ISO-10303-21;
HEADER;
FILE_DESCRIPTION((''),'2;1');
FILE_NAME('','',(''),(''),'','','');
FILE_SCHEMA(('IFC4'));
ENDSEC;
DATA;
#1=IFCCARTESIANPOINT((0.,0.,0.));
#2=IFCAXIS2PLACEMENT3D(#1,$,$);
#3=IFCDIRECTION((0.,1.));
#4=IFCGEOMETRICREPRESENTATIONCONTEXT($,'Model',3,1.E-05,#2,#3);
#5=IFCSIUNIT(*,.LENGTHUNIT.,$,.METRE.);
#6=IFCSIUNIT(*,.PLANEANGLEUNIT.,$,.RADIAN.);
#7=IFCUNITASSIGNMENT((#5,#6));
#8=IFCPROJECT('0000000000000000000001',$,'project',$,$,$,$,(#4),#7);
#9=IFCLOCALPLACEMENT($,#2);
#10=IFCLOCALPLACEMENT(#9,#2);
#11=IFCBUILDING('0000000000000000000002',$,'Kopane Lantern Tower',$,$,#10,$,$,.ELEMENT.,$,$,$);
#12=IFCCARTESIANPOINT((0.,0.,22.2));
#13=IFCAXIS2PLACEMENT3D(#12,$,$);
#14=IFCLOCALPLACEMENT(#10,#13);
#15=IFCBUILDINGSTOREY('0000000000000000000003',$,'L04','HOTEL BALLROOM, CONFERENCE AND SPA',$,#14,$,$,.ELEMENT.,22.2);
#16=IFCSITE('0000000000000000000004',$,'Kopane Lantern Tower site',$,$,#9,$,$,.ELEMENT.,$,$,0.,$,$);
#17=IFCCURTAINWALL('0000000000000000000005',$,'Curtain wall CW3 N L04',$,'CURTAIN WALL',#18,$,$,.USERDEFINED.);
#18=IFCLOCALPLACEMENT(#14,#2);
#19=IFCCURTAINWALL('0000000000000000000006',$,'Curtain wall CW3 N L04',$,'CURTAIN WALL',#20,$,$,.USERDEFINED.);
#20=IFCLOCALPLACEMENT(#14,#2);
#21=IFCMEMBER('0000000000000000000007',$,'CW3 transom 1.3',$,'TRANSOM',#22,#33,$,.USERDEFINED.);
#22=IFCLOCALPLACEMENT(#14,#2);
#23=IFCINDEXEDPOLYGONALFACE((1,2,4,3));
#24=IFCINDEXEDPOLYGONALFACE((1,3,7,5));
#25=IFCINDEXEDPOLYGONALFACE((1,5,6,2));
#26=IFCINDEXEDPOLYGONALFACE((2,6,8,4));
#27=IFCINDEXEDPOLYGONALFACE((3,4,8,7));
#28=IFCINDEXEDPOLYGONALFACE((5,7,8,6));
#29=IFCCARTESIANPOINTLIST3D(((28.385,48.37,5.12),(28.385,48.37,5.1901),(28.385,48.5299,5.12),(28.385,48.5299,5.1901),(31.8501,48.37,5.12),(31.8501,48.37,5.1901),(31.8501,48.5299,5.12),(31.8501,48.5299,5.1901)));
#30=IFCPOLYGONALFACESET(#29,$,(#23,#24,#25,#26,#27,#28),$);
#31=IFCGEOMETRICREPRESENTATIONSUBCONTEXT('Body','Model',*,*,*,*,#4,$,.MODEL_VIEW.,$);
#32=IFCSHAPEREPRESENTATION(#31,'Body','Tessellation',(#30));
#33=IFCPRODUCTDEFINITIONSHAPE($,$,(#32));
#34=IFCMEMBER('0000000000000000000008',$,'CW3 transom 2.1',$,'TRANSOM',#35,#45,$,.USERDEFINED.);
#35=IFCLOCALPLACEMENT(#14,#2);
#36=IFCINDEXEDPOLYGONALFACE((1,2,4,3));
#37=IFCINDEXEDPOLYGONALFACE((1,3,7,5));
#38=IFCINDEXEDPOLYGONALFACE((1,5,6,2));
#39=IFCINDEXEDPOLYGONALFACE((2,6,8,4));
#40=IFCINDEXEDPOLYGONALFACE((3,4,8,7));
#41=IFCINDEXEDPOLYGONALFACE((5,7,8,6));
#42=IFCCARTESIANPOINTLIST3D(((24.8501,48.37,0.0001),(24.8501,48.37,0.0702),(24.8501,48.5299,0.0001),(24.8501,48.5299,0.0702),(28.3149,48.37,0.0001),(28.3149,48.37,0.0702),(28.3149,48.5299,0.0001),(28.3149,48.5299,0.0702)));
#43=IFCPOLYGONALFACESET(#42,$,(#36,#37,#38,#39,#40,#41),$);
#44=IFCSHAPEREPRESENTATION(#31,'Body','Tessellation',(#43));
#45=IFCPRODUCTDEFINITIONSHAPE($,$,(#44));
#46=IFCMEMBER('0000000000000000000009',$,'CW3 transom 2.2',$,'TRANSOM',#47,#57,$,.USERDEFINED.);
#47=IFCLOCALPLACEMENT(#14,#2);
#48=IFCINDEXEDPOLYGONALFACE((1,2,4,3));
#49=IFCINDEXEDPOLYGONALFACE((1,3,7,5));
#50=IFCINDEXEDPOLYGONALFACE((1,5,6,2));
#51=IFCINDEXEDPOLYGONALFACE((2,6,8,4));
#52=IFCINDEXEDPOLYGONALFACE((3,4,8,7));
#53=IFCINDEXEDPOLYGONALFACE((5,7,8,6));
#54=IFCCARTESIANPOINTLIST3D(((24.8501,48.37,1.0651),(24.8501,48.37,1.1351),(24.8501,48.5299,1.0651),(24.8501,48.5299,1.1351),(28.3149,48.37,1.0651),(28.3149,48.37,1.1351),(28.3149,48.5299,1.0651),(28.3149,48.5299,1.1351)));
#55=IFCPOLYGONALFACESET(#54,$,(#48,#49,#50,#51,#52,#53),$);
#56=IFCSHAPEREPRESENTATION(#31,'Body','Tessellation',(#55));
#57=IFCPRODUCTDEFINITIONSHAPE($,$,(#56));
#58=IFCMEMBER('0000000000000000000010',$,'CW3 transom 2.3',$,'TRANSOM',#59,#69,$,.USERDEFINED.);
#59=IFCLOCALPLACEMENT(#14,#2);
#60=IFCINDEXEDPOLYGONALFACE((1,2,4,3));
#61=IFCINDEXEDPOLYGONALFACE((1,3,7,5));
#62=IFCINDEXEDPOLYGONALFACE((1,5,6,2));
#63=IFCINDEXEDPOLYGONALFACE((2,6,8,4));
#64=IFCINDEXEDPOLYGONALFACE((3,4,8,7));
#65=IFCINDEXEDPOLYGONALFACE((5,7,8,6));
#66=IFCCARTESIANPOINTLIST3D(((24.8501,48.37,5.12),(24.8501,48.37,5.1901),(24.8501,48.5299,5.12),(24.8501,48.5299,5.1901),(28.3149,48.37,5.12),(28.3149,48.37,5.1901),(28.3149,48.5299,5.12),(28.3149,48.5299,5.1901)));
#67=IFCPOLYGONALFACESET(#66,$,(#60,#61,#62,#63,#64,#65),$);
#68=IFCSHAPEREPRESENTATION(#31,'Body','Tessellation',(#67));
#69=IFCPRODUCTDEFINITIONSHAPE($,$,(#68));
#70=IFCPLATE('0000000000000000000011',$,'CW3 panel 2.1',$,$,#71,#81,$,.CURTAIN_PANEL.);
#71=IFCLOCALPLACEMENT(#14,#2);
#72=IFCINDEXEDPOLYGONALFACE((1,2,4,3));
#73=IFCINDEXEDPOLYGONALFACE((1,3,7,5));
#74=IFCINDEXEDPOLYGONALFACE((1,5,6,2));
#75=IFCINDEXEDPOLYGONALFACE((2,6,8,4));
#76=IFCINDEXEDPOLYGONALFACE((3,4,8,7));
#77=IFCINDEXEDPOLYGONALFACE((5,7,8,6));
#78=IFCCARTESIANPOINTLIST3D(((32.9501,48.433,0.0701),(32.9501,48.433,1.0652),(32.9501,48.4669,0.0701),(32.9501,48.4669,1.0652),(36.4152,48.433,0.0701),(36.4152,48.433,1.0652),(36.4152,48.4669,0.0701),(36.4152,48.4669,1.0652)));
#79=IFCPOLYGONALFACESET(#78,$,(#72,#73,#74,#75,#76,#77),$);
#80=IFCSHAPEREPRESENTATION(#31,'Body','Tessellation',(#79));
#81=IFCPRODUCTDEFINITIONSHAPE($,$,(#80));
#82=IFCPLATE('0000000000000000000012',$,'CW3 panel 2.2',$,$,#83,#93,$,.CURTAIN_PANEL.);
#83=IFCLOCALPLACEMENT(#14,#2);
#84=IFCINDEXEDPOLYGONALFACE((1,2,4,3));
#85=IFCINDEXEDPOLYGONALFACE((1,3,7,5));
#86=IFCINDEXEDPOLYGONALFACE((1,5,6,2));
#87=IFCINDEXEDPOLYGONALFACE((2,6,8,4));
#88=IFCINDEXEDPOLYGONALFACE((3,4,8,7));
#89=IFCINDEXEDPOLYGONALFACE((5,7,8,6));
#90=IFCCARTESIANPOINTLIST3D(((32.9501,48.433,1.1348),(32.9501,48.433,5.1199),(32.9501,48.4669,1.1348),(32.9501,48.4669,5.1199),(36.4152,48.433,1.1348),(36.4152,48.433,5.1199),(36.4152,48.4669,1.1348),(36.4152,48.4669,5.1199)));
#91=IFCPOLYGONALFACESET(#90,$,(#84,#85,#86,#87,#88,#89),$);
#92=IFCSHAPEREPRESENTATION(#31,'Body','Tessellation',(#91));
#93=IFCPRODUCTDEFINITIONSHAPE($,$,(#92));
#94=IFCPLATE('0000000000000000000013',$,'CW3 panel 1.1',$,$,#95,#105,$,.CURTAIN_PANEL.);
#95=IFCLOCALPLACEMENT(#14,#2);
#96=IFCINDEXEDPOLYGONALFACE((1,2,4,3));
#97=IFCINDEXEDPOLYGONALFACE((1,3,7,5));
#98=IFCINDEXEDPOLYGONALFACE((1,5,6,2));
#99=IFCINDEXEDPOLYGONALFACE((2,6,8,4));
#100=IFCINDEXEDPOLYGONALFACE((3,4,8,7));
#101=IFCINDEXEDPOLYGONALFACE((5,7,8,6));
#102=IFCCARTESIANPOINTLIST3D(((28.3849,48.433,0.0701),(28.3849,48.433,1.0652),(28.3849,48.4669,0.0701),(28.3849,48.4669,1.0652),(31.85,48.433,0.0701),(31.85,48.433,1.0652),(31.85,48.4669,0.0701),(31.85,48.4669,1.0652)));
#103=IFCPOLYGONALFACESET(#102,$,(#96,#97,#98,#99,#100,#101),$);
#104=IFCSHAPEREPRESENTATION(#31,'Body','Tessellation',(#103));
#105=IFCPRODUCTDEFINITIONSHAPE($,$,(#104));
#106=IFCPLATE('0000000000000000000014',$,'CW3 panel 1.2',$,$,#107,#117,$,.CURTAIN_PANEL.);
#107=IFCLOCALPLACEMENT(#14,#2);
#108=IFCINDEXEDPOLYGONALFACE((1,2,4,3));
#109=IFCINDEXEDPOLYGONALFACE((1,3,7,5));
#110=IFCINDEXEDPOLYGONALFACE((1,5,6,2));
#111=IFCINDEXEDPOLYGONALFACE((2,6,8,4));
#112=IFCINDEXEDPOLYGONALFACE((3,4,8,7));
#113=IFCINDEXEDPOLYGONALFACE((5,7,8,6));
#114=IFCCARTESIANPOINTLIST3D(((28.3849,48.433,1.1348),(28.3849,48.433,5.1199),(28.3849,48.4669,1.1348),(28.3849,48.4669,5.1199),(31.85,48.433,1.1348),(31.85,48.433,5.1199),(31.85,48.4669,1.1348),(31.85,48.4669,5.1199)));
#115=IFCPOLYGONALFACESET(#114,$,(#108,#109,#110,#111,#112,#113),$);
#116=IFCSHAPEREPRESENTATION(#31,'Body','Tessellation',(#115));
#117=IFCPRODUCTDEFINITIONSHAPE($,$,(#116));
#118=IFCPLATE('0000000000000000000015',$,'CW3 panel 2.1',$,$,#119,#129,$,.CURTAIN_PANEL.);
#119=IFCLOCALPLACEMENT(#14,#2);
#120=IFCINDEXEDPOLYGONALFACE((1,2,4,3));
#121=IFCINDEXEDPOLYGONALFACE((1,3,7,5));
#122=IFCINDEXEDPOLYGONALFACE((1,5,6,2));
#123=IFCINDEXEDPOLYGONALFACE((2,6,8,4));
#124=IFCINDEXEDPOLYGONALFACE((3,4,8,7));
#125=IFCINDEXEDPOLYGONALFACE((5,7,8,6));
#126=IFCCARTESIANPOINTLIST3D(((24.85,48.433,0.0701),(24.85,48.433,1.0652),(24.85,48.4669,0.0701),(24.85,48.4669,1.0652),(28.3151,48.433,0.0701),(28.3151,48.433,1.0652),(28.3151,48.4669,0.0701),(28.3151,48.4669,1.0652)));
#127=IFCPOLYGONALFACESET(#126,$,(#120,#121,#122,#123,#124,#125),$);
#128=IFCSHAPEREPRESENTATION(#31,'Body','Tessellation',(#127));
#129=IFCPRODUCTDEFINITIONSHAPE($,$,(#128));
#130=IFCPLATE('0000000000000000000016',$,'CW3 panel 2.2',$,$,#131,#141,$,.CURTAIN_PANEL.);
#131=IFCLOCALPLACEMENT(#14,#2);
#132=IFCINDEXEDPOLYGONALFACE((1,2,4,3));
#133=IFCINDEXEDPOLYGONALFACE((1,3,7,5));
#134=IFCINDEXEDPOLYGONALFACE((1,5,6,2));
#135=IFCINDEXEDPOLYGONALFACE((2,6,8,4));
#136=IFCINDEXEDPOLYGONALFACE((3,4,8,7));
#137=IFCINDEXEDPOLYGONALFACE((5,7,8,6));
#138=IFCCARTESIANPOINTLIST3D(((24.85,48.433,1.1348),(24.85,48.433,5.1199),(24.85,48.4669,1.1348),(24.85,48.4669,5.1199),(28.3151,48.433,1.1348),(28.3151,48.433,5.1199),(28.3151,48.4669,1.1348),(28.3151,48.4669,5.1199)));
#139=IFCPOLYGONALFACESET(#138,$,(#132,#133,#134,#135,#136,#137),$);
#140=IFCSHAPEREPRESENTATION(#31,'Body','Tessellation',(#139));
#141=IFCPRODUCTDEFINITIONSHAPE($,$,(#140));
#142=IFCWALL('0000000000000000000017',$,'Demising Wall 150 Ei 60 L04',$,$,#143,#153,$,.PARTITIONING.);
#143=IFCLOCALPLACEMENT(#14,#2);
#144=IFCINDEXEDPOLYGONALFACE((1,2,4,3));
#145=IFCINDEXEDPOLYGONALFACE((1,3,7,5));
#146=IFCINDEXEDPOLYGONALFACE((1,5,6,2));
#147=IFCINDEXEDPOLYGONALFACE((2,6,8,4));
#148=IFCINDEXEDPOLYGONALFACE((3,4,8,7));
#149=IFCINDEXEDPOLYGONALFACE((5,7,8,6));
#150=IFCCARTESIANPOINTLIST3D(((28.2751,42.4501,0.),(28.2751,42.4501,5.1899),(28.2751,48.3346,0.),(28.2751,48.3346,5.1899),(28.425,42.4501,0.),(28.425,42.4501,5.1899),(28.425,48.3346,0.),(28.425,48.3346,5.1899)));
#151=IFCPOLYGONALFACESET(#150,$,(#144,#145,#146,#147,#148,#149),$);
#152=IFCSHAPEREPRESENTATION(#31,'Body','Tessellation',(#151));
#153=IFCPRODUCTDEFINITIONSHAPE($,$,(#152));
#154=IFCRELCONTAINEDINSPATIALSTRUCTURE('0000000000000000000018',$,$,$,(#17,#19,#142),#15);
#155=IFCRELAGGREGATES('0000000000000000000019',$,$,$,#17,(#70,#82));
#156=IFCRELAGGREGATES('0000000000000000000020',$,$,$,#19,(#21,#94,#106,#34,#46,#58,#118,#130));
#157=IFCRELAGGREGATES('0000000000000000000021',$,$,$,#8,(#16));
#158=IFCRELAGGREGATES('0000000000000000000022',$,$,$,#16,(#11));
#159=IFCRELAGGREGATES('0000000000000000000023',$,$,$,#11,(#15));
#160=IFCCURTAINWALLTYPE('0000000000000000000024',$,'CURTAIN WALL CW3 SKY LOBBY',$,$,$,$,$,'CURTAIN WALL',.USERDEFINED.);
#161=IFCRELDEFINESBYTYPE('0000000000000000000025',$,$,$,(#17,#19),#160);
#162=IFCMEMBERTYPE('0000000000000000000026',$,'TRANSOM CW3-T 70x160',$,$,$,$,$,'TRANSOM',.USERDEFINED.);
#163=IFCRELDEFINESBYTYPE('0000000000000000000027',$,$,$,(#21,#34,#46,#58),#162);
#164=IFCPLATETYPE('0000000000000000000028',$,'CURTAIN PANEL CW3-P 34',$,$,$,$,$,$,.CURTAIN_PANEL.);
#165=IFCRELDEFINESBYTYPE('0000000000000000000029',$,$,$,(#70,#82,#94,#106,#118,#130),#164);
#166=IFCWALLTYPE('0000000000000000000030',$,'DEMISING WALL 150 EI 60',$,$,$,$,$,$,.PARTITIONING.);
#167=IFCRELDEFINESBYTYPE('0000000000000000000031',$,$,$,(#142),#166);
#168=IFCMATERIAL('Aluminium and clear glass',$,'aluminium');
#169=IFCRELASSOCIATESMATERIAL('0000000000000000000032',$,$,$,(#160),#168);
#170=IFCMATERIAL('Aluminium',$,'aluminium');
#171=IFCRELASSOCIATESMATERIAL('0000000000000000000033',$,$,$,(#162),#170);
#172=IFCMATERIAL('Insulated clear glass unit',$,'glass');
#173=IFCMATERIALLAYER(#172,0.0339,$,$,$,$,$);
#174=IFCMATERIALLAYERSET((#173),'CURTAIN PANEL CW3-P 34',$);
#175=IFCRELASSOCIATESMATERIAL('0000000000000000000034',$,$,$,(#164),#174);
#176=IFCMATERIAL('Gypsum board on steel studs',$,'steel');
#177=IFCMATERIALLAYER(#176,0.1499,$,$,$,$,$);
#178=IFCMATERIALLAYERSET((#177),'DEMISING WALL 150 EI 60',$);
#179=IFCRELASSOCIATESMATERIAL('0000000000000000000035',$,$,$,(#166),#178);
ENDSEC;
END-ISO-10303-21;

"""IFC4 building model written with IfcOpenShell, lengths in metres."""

from ifc_helpers import new_model, si_unit, direction, frame, frame_2d, origin, origin_2d, place, context, subcontext, project, spatial, rectangle, extrude, material, layer, layer_set, material_profile, profile_set, type_object, element, aggregate, save


model = new_model("IFC4")

# Units and contexts
model_context = context("Model", 3, precision=1e-05, world=origin(), true_north=direction((0.0, 1.0)))
body_context = subcontext(model_context, "Body", "Model", "MODEL_VIEW")
ifc_project = project(units=[si_unit("LENGTHUNIT", "METRE"), si_unit("PLANEANGLEUNIT", "RADIAN")], contexts=[model_context])

# Site, building, storey
site_placement = place(None, origin())
site = spatial("IfcSite", under=ifc_project, at=site_placement, Name="Kopane Lantern Tower site", CompositionType="ELEMENT", RefElevation=0.0)
building_placement = place(site_placement, origin())
building = spatial("IfcBuilding", under=site, at=building_placement, Name="Kopane Lantern Tower", CompositionType="ELEMENT")
storey_placement = place(building_placement, frame((0.0, 0.0, 22.2)))
storey = spatial("IfcBuildingStorey", under=building, at=storey_placement, Name="L04", Description="HOTEL BALLROOM, CONFERENCE AND SPA", CompositionType="ELEMENT", Elevation=22.2)

# Curtain wall
ifc_material_1 = material(Name="Aluminium and clear glass", Category="aluminium")
curtain_wall_type = type_object("IfcCurtainWallType", Name="CURTAIN WALL CW3 SKY LOBBY", ElementType="CURTAIN WALL", PredefinedType="USERDEFINED", material=ifc_material_1)
curtain_wall_1_placement = place(storey_placement, origin())
curtain_wall_1 = element("IfcCurtainWall", 1, at=curtain_wall_1_placement, inside=storey, type_object=curtain_wall_type, Name="Curtain wall CW3 N L04", ObjectType="CURTAIN WALL", PredefinedType="USERDEFINED")

# Curtain wall
curtain_wall_2_placement = place(storey_placement, origin())
curtain_wall_2 = element("IfcCurtainWall", 2, at=curtain_wall_2_placement, inside=storey, type_object=curtain_wall_type, Name="Curtain wall CW3 N L04", ObjectType="CURTAIN WALL", PredefinedType="USERDEFINED")

# Members
ifc_material_2 = material(Name="Aluminium", Category="aluminium")
ifc_material_profile_1 = material_profile(ifc_material_2, rectangle(XDim=0.1599, YDim=0.0701, at=origin_2d()), Name="AL 160x70")
ifc_profile_set_1 = profile_set([ifc_material_profile_1], Name="Aluminium")
member_type_1 = type_object("IfcMemberType", Name="TRANSOM CW3-T 70x160", ElementType="TRANSOM", PredefinedType="USERDEFINED", material=ifc_profile_set_1)
member_1_placement = place(storey_placement, frame((31.8501, 48.45, 5.155), z_axis=(-1.0, 0.0, 0.0), x_axis=(0.0, -1.0, 0.0)))
member_1 = element("IfcMember", 3, at=member_1_placement, type_object=member_type_1, Name="CW3 transom 1.3", ObjectType="TRANSOM", PredefinedType="USERDEFINED", context=body_context, shape_type="SweptSolid", body=[
    extrude(rectangle(XDim=0.1599, YDim=0.0701, at=origin_2d()), origin(), (0.0, 0.0, 1.0), 3.4651),
])
member_2_placement = place(storey_placement, frame((28.3149, 48.45, 0.0352), z_axis=(-1.0, 0.0, 0.0), x_axis=(0.0, -1.0, 0.0)))
member_2 = element("IfcMember", 4, at=member_2_placement, type_object=member_type_1, Name="CW3 transom 2.1", ObjectType="TRANSOM", PredefinedType="USERDEFINED", context=body_context, shape_type="SweptSolid", body=[
    extrude(rectangle(XDim=0.1599, YDim=0.0701, at=origin_2d()), origin(), (0.0, 0.0, 1.0), 3.4648),
])
member_3_placement = place(storey_placement, frame((28.3149, 48.45, 1.1001), z_axis=(-1.0, 0.0, 0.0), x_axis=(0.0, -1.0, 0.0)))
member_3 = element("IfcMember", 5, at=member_3_placement, type_object=member_type_1, Name="CW3 transom 2.2", ObjectType="TRANSOM", PredefinedType="USERDEFINED", context=body_context, shape_type="SweptSolid", body=[
    extrude(rectangle(XDim=0.1599, YDim=0.0701, at=origin_2d()), origin(), (0.0, 0.0, 1.0), 3.4648),
])
member_4_placement = place(storey_placement, frame((28.3149, 48.45, 5.155), z_axis=(-1.0, 0.0, 0.0), x_axis=(0.0, -1.0, 0.0)))
member_4 = element("IfcMember", 6, at=member_4_placement, type_object=member_type_1, Name="CW3 transom 2.3", ObjectType="TRANSOM", PredefinedType="USERDEFINED", context=body_context, shape_type="SweptSolid", body=[
    extrude(rectangle(XDim=0.1599, YDim=0.0701, at=origin_2d()), origin(), (0.0, 0.0, 1.0), 3.4648),
])

# Plates
ifc_material_3 = material(Name="Insulated clear glass unit", Category="glass")
ifc_layer_1 = layer(ifc_material_3, 0.0339)
ifc_layer_set_1 = layer_set([ifc_layer_1], Name="CURTAIN PANEL CW3-P 34")
plate_type = type_object("IfcPlateType", Name="CURTAIN PANEL CW3-P 34", PredefinedType="CURTAIN_PANEL", material=ifc_layer_set_1)
plate_1_placement = place(storey_placement, frame((34.6826, 48.45, 0.0701), z_axis=(0.0, 0.0, 1.0), x_axis=(-1.0, 0.0, 0.0)))
plate_1 = element("IfcPlate", 7, at=plate_1_placement, type_object=plate_type, Name="CW3 panel 2.1", PredefinedType="CURTAIN_PANEL", context=body_context, shape_type="SweptSolid", body=[
    extrude(rectangle(XDim=3.4651, YDim=0.0339, at=origin_2d()), origin(), (0.0, 0.0, 1.0), 0.9951),
])
plate_2_placement = place(storey_placement, frame((34.6826, 48.45, 1.1348), z_axis=(0.0, 0.0, 1.0), x_axis=(-1.0, 0.0, 0.0)))
plate_2 = element("IfcPlate", 8, at=plate_2_placement, type_object=plate_type, Name="CW3 panel 2.2", PredefinedType="CURTAIN_PANEL", context=body_context, shape_type="SweptSolid", body=[
    extrude(rectangle(XDim=3.4651, YDim=0.0339, at=origin_2d()), origin(), (0.0, 0.0, 1.0), 3.9851),
])
aggregate(curtain_wall_1, [plate_1, plate_2])
plate_3_placement = place(storey_placement, frame((30.1174, 48.45, 0.0701), z_axis=(0.0, 0.0, 1.0), x_axis=(-1.0, 0.0, 0.0)))
plate_3 = element("IfcPlate", 9, at=plate_3_placement, type_object=plate_type, Name="CW3 panel 1.1", PredefinedType="CURTAIN_PANEL", context=body_context, shape_type="SweptSolid", body=[
    extrude(rectangle(XDim=3.4651, YDim=0.0339, at=origin_2d()), origin(), (0.0, 0.0, 1.0), 0.9951),
])
plate_4_placement = place(storey_placement, frame((30.1174, 48.45, 1.1348), z_axis=(0.0, 0.0, 1.0), x_axis=(-1.0, 0.0, 0.0)))
plate_4 = element("IfcPlate", 10, at=plate_4_placement, type_object=plate_type, Name="CW3 panel 1.2", PredefinedType="CURTAIN_PANEL", context=body_context, shape_type="SweptSolid", body=[
    extrude(rectangle(XDim=3.4651, YDim=0.0339, at=origin_2d()), origin(), (0.0, 0.0, 1.0), 3.9851),
])
plate_5_placement = place(storey_placement, frame((26.5825, 48.45, 0.0701), z_axis=(0.0, 0.0, 1.0), x_axis=(-1.0, 0.0, 0.0)))
plate_5 = element("IfcPlate", 11, at=plate_5_placement, type_object=plate_type, Name="CW3 panel 2.1", PredefinedType="CURTAIN_PANEL", context=body_context, shape_type="SweptSolid", body=[
    extrude(rectangle(XDim=3.4651, YDim=0.0339, at=origin_2d()), origin(), (0.0, 0.0, 1.0), 0.9951),
])
plate_6_placement = place(storey_placement, frame((26.5825, 48.45, 1.1348), z_axis=(0.0, 0.0, 1.0), x_axis=(-1.0, 0.0, 0.0)))
plate_6 = element("IfcPlate", 12, at=plate_6_placement, type_object=plate_type, Name="CW3 panel 2.2", PredefinedType="CURTAIN_PANEL", context=body_context, shape_type="SweptSolid", body=[
    extrude(rectangle(XDim=3.4651, YDim=0.0339, at=origin_2d()), origin(), (0.0, 0.0, 1.0), 3.9851),
])
aggregate(curtain_wall_2, [member_1, plate_3, plate_4, member_2, member_3, member_4, plate_5, plate_6])

# Wall
ifc_material_4 = material(Name="Gypsum board on steel studs", Category="steel")
ifc_layer_2 = layer(ifc_material_4, 0.1499)
ifc_layer_set_2 = layer_set([ifc_layer_2], Name="DEMISING WALL 150 EI 60")
wall_type = type_object("IfcWallType", Name="DEMISING WALL 150 EI 60", PredefinedType="PARTITIONING", material=ifc_layer_set_2)
wall_placement = place(storey_placement, frame((28.3501, 42.45, 0.0), z_axis=(0.0, 0.0, 1.0), x_axis=(0.0, 1.0, 0.0)))
element("IfcWall", 13, at=wall_placement, inside=storey, type_object=wall_type, Name="Demising Wall 150 Ei 60 L04", PredefinedType="PARTITIONING", context=body_context, shape_type="SweptSolid", body=[
    extrude(rectangle(XDim=5.8845, YDim=0.1499, at=frame_2d((2.9424, 0.0))), origin(), (0.0, 0.0, 1.0), 5.1899),
])

save(model, "model.ifc")
